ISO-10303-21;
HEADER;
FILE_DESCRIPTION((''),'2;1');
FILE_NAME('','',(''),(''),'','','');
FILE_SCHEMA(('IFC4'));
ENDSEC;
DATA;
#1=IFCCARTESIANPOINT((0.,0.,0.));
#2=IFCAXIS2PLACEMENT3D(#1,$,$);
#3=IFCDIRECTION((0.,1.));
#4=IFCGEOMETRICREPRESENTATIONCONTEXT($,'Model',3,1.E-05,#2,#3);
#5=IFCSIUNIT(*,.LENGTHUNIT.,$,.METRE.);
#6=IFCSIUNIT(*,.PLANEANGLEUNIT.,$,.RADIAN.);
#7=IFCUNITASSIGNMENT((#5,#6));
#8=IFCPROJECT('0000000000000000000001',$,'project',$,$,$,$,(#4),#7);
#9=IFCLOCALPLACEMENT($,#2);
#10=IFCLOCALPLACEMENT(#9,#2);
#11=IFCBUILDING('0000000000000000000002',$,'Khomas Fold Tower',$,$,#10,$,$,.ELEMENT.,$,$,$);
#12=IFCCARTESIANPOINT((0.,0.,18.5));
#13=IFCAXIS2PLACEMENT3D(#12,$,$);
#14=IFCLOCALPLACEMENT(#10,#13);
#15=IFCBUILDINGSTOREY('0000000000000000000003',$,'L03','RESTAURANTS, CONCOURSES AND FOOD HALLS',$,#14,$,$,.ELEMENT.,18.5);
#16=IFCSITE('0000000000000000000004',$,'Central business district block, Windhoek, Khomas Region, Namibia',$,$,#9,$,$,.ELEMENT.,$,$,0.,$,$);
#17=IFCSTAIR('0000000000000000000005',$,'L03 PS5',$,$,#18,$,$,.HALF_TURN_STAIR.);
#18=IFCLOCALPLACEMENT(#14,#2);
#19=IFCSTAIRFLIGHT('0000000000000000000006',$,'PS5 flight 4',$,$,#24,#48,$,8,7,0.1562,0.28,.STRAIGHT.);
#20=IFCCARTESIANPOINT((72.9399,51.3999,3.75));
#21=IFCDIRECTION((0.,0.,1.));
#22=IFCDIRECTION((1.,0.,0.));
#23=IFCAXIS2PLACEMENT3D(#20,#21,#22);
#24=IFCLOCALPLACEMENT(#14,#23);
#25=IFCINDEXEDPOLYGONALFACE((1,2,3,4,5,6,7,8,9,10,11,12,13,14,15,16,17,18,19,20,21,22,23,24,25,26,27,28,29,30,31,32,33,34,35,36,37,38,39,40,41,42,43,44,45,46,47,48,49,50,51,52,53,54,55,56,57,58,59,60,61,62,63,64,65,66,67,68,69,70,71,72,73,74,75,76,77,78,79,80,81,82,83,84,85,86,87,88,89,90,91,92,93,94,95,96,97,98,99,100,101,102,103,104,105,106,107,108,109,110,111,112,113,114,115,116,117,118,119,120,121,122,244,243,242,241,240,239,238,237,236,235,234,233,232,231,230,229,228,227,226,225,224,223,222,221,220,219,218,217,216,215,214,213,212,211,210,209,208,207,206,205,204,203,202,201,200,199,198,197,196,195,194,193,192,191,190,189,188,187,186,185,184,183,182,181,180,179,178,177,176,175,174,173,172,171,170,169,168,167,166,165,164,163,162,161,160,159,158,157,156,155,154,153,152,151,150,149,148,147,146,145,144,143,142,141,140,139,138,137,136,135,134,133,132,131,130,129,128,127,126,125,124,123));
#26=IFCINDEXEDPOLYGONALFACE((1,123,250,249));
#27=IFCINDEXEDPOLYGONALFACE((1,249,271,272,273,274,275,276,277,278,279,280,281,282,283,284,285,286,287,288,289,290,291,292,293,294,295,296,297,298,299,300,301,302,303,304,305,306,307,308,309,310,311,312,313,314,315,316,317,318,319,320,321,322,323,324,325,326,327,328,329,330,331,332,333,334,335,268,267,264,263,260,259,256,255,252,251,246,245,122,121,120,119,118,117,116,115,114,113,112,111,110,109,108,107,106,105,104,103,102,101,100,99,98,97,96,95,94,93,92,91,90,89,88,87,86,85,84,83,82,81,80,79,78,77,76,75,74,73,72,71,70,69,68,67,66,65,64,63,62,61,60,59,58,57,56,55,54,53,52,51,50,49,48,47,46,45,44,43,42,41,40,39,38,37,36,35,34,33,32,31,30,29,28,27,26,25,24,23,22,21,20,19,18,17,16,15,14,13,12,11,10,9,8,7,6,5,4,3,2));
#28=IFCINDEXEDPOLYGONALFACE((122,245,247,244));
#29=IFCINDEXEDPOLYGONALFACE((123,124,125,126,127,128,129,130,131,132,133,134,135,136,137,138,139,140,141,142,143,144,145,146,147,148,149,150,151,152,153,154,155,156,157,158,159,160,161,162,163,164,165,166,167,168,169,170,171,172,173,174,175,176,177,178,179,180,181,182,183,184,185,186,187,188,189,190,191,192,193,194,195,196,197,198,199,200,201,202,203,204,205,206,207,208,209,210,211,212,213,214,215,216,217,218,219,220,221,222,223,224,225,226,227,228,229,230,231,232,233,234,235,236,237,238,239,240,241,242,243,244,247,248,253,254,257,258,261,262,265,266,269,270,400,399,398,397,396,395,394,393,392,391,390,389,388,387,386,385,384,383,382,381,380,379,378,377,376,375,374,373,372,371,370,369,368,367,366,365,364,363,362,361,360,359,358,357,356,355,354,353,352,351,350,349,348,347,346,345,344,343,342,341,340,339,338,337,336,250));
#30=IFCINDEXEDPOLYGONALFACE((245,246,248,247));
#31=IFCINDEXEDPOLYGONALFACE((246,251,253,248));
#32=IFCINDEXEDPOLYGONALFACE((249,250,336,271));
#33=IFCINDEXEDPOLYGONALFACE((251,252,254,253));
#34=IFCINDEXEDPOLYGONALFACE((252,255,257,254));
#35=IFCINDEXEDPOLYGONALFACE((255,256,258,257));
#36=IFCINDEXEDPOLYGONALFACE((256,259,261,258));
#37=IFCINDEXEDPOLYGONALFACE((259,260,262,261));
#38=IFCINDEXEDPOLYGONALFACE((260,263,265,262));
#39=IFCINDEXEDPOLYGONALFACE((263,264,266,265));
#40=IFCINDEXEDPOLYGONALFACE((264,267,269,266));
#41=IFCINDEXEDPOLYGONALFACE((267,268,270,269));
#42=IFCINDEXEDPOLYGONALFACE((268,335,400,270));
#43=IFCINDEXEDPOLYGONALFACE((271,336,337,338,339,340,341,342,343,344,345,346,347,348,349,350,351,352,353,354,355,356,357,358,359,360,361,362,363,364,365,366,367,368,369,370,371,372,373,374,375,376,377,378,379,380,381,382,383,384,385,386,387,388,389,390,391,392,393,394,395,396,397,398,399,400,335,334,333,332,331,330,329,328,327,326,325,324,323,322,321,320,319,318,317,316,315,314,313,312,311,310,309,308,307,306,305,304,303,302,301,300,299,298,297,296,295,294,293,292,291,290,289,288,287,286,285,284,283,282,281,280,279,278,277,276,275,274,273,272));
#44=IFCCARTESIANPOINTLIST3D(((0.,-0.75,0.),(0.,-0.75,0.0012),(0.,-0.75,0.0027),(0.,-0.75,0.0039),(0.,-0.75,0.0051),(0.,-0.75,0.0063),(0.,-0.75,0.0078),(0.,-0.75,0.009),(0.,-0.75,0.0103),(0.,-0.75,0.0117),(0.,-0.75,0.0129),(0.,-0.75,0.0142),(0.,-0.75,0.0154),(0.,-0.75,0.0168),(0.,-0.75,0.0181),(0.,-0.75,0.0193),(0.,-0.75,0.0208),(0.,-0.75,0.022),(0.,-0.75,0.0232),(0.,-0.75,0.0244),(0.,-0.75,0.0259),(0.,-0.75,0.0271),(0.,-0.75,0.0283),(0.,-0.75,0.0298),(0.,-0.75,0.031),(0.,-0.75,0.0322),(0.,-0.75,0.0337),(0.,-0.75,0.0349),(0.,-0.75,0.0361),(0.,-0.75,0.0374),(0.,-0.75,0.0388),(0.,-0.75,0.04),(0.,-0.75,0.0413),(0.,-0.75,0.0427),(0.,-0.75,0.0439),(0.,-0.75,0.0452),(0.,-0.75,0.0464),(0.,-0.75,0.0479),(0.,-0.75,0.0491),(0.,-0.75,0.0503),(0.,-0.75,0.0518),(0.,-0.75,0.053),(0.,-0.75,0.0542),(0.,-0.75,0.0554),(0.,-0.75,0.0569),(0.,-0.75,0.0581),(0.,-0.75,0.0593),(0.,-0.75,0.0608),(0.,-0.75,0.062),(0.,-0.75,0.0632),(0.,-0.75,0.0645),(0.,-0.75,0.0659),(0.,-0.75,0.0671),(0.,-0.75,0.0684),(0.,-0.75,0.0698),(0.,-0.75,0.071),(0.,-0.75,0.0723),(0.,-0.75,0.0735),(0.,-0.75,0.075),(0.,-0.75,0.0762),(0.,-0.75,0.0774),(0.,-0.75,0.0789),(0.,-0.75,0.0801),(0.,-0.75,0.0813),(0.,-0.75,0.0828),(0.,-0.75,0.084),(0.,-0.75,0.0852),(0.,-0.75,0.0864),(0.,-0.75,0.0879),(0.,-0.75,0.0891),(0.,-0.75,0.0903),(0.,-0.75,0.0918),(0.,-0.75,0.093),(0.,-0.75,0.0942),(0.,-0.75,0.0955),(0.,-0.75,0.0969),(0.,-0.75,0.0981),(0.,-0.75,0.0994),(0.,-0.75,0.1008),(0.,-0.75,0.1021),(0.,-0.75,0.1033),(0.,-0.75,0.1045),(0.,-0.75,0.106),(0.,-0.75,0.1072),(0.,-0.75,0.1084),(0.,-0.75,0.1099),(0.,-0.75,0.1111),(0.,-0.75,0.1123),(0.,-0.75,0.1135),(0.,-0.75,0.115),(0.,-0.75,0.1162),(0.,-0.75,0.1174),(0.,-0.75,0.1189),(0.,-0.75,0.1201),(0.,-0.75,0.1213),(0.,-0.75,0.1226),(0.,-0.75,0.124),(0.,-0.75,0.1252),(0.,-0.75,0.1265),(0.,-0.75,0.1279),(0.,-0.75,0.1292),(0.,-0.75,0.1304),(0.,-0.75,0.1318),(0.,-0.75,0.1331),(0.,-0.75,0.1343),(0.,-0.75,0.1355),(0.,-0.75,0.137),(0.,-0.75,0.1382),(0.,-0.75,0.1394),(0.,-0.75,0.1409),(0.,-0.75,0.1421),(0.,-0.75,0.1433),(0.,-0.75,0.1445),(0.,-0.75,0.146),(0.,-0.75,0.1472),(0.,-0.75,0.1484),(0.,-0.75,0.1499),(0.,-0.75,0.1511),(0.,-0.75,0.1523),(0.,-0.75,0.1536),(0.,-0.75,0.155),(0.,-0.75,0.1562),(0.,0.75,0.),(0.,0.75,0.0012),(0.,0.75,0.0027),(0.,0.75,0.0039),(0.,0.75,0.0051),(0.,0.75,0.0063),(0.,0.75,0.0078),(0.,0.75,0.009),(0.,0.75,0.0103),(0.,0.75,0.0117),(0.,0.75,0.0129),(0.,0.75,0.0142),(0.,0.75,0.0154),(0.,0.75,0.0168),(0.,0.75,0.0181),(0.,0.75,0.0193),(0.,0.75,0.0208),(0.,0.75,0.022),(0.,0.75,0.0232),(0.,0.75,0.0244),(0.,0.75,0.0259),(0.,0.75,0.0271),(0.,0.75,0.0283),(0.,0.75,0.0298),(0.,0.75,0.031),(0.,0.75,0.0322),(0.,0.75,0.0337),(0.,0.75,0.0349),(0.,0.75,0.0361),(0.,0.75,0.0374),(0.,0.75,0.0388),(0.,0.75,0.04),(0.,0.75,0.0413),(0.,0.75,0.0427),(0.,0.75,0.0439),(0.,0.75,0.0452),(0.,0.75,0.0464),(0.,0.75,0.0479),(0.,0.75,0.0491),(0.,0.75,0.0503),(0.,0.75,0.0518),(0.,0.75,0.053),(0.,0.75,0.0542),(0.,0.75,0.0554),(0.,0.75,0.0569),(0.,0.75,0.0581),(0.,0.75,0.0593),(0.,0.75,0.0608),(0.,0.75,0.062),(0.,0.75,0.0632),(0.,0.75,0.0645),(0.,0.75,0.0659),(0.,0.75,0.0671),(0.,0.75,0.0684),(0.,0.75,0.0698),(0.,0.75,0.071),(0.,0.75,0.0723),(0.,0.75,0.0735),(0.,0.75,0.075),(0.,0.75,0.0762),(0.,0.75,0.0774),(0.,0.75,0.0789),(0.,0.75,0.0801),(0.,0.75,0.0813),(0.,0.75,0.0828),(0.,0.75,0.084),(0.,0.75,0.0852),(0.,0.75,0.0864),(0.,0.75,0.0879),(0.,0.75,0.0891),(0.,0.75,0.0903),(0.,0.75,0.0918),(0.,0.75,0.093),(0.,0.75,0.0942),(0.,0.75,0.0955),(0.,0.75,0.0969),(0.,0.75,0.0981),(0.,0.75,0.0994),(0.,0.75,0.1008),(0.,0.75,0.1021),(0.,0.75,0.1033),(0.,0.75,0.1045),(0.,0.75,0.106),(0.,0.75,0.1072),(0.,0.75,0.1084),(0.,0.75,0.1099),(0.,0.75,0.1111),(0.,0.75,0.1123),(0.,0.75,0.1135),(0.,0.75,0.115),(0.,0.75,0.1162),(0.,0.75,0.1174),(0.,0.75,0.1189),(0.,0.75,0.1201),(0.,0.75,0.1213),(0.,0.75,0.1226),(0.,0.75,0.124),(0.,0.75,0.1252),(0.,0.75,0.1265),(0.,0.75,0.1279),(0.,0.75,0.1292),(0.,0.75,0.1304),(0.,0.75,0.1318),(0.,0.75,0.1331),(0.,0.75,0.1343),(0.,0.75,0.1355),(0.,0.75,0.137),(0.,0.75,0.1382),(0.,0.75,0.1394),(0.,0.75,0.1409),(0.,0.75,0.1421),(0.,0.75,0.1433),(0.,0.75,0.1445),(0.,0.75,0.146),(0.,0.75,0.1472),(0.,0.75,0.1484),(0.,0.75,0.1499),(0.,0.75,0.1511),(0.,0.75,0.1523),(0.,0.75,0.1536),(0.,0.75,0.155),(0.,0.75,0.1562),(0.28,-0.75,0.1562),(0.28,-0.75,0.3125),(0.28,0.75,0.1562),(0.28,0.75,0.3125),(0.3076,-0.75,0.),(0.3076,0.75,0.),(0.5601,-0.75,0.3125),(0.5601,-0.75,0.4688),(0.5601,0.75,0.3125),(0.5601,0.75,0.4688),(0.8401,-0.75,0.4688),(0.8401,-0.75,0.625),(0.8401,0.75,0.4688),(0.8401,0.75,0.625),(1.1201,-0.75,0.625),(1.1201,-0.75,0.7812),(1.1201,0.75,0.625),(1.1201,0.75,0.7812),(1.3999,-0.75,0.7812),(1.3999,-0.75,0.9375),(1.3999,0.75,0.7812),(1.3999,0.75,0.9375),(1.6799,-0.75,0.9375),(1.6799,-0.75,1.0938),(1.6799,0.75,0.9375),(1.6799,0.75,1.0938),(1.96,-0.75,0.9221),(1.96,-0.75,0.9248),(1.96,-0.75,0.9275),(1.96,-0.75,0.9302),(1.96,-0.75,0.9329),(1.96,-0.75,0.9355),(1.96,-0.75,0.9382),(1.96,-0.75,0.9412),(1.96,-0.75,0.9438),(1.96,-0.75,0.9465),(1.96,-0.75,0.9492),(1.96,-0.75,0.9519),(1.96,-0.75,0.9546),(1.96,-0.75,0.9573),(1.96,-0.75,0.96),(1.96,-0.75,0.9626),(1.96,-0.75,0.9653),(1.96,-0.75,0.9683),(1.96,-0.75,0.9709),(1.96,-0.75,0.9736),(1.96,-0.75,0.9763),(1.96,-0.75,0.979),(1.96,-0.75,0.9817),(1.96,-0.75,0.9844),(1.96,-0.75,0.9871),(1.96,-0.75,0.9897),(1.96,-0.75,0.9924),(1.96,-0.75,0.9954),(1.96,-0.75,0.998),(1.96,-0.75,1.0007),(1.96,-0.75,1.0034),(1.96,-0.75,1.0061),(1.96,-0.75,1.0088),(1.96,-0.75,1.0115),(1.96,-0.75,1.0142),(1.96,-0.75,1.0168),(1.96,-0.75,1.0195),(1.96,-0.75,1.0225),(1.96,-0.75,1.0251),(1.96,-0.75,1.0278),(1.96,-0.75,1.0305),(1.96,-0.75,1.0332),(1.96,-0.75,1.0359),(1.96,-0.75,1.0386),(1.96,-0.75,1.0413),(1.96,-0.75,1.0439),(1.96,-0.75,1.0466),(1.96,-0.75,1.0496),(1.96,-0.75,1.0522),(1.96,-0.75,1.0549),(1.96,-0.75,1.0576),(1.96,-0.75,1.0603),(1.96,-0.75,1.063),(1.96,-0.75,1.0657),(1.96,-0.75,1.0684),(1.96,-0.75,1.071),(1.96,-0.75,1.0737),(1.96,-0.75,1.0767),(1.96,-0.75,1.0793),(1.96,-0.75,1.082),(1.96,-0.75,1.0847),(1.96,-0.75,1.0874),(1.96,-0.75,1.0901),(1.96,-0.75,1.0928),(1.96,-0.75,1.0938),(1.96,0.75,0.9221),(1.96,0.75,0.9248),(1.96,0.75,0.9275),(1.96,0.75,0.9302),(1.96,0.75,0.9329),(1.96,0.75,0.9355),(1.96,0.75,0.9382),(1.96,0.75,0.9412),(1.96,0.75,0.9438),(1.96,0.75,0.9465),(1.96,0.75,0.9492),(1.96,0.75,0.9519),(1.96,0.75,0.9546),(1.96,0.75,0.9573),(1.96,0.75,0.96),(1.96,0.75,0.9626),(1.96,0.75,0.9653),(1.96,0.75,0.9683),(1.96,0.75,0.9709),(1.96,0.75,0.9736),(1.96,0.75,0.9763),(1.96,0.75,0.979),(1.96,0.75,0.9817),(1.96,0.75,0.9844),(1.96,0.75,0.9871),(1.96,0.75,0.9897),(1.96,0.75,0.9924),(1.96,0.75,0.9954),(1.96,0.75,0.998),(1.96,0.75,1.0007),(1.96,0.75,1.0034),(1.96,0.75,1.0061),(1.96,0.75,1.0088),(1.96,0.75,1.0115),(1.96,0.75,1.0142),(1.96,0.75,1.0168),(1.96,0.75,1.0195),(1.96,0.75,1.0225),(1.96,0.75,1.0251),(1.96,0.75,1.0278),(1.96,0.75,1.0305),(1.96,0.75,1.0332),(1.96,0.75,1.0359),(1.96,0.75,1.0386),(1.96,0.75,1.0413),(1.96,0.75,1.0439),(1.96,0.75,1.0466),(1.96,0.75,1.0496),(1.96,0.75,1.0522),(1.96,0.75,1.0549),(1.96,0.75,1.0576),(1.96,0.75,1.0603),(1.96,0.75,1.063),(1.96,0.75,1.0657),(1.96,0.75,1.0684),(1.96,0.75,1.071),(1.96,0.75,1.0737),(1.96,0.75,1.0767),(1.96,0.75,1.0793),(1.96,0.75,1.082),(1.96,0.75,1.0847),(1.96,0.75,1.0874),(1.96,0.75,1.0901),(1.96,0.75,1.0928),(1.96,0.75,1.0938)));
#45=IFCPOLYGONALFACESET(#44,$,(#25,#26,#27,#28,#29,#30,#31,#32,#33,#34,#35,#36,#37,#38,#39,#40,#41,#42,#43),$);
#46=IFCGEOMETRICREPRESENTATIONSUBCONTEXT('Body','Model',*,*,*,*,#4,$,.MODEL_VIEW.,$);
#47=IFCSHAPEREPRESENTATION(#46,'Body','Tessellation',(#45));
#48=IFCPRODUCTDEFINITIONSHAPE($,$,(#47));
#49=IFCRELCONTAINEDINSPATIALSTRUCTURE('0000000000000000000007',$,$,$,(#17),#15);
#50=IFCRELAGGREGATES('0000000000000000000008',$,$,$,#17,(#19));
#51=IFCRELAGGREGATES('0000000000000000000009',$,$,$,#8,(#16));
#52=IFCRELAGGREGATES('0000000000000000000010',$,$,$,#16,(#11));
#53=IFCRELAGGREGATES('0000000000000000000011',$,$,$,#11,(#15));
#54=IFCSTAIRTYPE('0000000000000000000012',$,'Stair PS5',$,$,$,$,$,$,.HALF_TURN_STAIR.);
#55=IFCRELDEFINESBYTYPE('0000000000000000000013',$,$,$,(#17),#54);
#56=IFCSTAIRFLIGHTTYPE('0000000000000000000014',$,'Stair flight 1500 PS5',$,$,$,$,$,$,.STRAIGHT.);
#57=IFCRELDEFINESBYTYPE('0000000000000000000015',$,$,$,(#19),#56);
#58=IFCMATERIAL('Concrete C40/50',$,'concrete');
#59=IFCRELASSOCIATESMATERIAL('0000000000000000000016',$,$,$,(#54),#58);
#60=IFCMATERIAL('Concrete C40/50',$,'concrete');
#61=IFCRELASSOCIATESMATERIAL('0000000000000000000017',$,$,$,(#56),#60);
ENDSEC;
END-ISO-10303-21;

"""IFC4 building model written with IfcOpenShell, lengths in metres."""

from ifc_helpers import new_model, si_unit, direction, frame, origin, place, context, subcontext, project, spatial, polyline, outline, extrude, source, transform, mapped, material, type_object, element, aggregate, save


model = new_model("IFC4")

# Units and contexts
model_context = context("Model", 3, precision=1e-05, world=origin(), true_north=direction((0.0, 1.0)))
body_context = subcontext(model_context, "Body", "Model", "MODEL_VIEW")
ifc_project = project(units=[si_unit("LENGTHUNIT", "METRE"), si_unit("PLANEANGLEUNIT", "RADIAN")], contexts=[model_context])

# Site, building, storey
site_placement = place(None, origin())
site = spatial("IfcSite", under=ifc_project, at=site_placement, Name="Central business district block, Windhoek, Khomas Region, Namibia", CompositionType="ELEMENT", RefElevation=0.0)
building_placement = place(site_placement, origin())
building = spatial("IfcBuilding", under=site, at=building_placement, Name="Khomas Fold Tower", CompositionType="ELEMENT")
storey_placement = place(building_placement, frame((0.0, 0.0, 18.5)))
storey = spatial("IfcBuildingStorey", under=building, at=storey_placement, Name="L03", Description="RESTAURANTS, CONCOURSES AND FOOD HALLS", CompositionType="ELEMENT", Elevation=18.5)

# Stair, stair flight
ifc_material_1 = material(Name="Concrete C40/50", Category="concrete")
stair_type_1 = type_object("IfcStairType", Name="Stair PS5", PredefinedType="HALF_TURN_STAIR", material=ifc_material_1)
stair_1_placement = place(storey_placement, origin())
stair_1 = element("IfcStair", 1, at=stair_1_placement, inside=storey, type_object=stair_type_1, Name="L03 PS5", PredefinedType="HALF_TURN_STAIR")
ifc_material_2 = material(Name="Concrete C40/50", Category="concrete")
stair_flight_type_1 = type_object("IfcStairFlightType", Name="Stair flight 1500 PS5", PredefinedType="STRAIGHT", material=ifc_material_2)
shared_shape_1 = source(origin(), body_context, "Body", "SweptSolid", [
    extrude(outline(polyline([(0.0, 0.0), (0.0, 0.0012), (0.0, 0.0027), (0.0, 0.0039), (0.0, 0.0051), (0.0, 0.0063), (0.0, 0.0078), (0.0, 0.009), (0.0, 0.0103), (0.0, 0.0117), (0.0, 0.0129), (0.0, 0.0142), (0.0, 0.0154), (0.0, 0.0168), (0.0, 0.0181), (0.0, 0.0193), (0.0, 0.0208), (0.0, 0.022), (0.0, 0.0232), (0.0, 0.0244), (0.0, 0.0259), (0.0, 0.0271), (0.0, 0.0283), (0.0, 0.0298), (0.0, 0.031), (0.0, 0.0322), (0.0, 0.0337), (0.0, 0.0349), (0.0, 0.0361), (0.0, 0.0374), (0.0, 0.0388), (0.0, 0.04), (0.0, 0.0413), (0.0, 0.0427), (0.0, 0.0439), (0.0, 0.0452), (0.0, 0.0464), (0.0, 0.0479), (0.0, 0.0491), (0.0, 0.0503), (0.0, 0.0518), (0.0, 0.053), (0.0, 0.0542), (0.0, 0.0554), (0.0, 0.0569), (0.0, 0.0581), (0.0, 0.0593), (0.0, 0.0608), (0.0, 0.062), (0.0, 0.0632), (0.0, 0.0645), (0.0, 0.0659), (0.0, 0.0671), (0.0, 0.0684), (0.0, 0.0698), (0.0, 0.071), (0.0, 0.0723), (0.0, 0.0735), (0.0, 0.075), (0.0, 0.0762), (0.0, 0.0774), (0.0, 0.0789), (0.0, 0.0801), (0.0, 0.0813), (0.0, 0.0828), (0.0, 0.084), (0.0, 0.0852), (0.0, 0.0864), (0.0, 0.0879), (0.0, 0.0891), (0.0, 0.0903), (0.0, 0.0918), (0.0, 0.093), (0.0, 0.0942), (0.0, 0.0955), (0.0, 0.0969), (0.0, 0.0981), (0.0, 0.0994), (0.0, 0.1008), (0.0, 0.1021), (0.0, 0.1033), (0.0, 0.1045), (0.0, 0.106), (0.0, 0.1072), (0.0, 0.1084), (0.0, 0.1099), (0.0, 0.1111), (0.0, 0.1123), (0.0, 0.1135), (0.0, 0.115), (0.0, 0.1162), (0.0, 0.1174), (0.0, 0.1189), (0.0, 0.1201), (0.0, 0.1213), (0.0, 0.1226), (0.0, 0.124), (0.0, 0.1252), (0.0, 0.1265), (0.0, 0.1279), (0.0, 0.1292), (0.0, 0.1304), (0.0, 0.1318), (0.0, 0.1331), (0.0, 0.1343), (0.0, 0.1355), (0.0, 0.137), (0.0, 0.1382), (0.0, 0.1394), (0.0, 0.1409), (0.0, 0.1421), (0.0, 0.1433), (0.0, 0.1445), (0.0, 0.146), (0.0, 0.1472), (0.0, 0.1484), (0.0, 0.1499), (0.0, 0.1511), (0.0, 0.1523), (0.0, 0.1536), (0.0, 0.155), (0.0, 0.1562), (0.28, 0.1562), (0.28, 0.3125), (0.5601, 0.3125), (0.5601, 0.4688), (0.8401, 0.4688), (0.8401, 0.625), (1.1201, 0.625), (1.1201, 0.7812), (1.3999, 0.7812), (1.3999, 0.9375), (1.6799, 0.9375), (1.6799, 1.0938), (1.96, 1.0938), (1.96, 1.25), (1.96, 1.2473), (1.96, 1.2446), (1.96, 1.2419), (1.96, 1.2393), (1.96, 1.2363), (1.96, 1.2336), (1.96, 1.231), (1.96, 1.2283), (1.96, 1.2256), (1.96, 1.2229), (1.96, 1.2202), (1.96, 1.2175), (1.96, 1.2148), (1.96, 1.2122), (1.96, 1.2092), (1.96, 1.2065), (1.96, 1.2039), (1.96, 1.2012), (1.96, 1.1985), (1.96, 1.1958), (1.96, 1.1931), (1.96, 1.1904), (1.96, 1.1877), (1.96, 1.1851), (1.96, 1.1821), (1.96, 1.1794), (1.96, 1.1768), (1.96, 1.1741), (1.96, 1.1714), (1.96, 1.1687), (1.96, 1.166), (1.96, 1.1633), (1.96, 1.1606), (1.96, 1.158), (1.96, 1.155), (1.96, 1.1523), (1.96, 1.1497), (1.96, 1.147), (1.96, 1.1443), (1.96, 1.1416), (1.96, 1.1389), (1.96, 1.1362), (1.96, 1.1335), (1.96, 1.1309), (1.96, 1.1279), (1.96, 1.1252), (1.96, 1.1226), (1.96, 1.1199), (1.96, 1.1172), (1.96, 1.1145), (1.96, 1.1118), (1.96, 1.1091), (1.96, 1.1064), (1.96, 1.1038), (1.96, 1.1008), (1.96, 1.0981), (1.96, 1.0955), (1.96, 1.0928), (1.96, 1.0901), (1.96, 1.0874), (1.96, 1.0847), (1.96, 1.082), (1.96, 1.0793), (1.96, 1.0767), (1.96, 1.0737), (1.96, 1.071), (1.96, 1.0684), (1.96, 1.0657), (1.96, 1.063), (1.96, 1.0603), (1.96, 1.0576), (1.96, 1.0549), (1.96, 1.0522), (1.96, 1.0496), (1.96, 1.0466), (1.96, 1.0439), (1.96, 1.0413), (1.96, 1.0386), (1.96, 1.0359), (1.96, 1.0332), (1.96, 1.0305), (1.96, 1.0278), (1.96, 1.0251), (1.96, 1.0225), (1.96, 1.0195), (1.96, 1.0168), (1.96, 1.0142), (1.96, 1.0115), (1.96, 1.0088), (1.96, 1.0061), (1.96, 1.0034), (1.96, 1.0007), (1.96, 0.998), (1.96, 0.9954), (1.96, 0.9924), (1.96, 0.9897), (1.96, 0.9871), (1.96, 0.9844), (1.96, 0.9817), (1.96, 0.979), (1.96, 0.9763), (1.96, 0.9736), (1.96, 0.9709), (1.96, 0.9683), (1.96, 0.9653), (1.96, 0.9626), (1.96, 0.96), (1.96, 0.9573), (1.96, 0.9546), (1.96, 0.9519), (1.96, 0.9492), (1.96, 0.9465), (1.96, 0.9438), (1.96, 0.9412), (1.96, 0.9382), (1.96, 0.9355), (1.96, 0.9329), (1.96, 0.9302), (1.96, 0.9275), (1.96, 0.9248), (1.96, 0.9221), (0.3076, 0.0), (0.0, 0.0)])), frame((0.0, 0.75, 0.0), z_axis=(0.0, -1.0, 0.0), x_axis=(1.0, 0.0, 0.0)), (0.0, 0.0, 1.0), 1.5),
])
stair_flight_1_placement = place(storey_placement, frame((72.9399, 51.3999, 3.75), z_axis=(0.0, 0.0, 1.0), x_axis=(1.0, 0.0, 0.0)))
stair_flight_1 = element("IfcStairFlight", 2, at=stair_flight_1_placement, type_object=stair_flight_type_1, Name="PS5 flight 4", NumberOfRisers=8, NumberOfTreads=7, PredefinedType="STRAIGHT", RiserHeight=0.1562, TreadLength=0.28, context=body_context, shape_type="MappedRepresentation", body=[
    mapped(shared_shape_1, transform((0.0, 0.0, 0.0))),
])
aggregate(stair_1, [stair_flight_1])

save(model, "model.ifc")
